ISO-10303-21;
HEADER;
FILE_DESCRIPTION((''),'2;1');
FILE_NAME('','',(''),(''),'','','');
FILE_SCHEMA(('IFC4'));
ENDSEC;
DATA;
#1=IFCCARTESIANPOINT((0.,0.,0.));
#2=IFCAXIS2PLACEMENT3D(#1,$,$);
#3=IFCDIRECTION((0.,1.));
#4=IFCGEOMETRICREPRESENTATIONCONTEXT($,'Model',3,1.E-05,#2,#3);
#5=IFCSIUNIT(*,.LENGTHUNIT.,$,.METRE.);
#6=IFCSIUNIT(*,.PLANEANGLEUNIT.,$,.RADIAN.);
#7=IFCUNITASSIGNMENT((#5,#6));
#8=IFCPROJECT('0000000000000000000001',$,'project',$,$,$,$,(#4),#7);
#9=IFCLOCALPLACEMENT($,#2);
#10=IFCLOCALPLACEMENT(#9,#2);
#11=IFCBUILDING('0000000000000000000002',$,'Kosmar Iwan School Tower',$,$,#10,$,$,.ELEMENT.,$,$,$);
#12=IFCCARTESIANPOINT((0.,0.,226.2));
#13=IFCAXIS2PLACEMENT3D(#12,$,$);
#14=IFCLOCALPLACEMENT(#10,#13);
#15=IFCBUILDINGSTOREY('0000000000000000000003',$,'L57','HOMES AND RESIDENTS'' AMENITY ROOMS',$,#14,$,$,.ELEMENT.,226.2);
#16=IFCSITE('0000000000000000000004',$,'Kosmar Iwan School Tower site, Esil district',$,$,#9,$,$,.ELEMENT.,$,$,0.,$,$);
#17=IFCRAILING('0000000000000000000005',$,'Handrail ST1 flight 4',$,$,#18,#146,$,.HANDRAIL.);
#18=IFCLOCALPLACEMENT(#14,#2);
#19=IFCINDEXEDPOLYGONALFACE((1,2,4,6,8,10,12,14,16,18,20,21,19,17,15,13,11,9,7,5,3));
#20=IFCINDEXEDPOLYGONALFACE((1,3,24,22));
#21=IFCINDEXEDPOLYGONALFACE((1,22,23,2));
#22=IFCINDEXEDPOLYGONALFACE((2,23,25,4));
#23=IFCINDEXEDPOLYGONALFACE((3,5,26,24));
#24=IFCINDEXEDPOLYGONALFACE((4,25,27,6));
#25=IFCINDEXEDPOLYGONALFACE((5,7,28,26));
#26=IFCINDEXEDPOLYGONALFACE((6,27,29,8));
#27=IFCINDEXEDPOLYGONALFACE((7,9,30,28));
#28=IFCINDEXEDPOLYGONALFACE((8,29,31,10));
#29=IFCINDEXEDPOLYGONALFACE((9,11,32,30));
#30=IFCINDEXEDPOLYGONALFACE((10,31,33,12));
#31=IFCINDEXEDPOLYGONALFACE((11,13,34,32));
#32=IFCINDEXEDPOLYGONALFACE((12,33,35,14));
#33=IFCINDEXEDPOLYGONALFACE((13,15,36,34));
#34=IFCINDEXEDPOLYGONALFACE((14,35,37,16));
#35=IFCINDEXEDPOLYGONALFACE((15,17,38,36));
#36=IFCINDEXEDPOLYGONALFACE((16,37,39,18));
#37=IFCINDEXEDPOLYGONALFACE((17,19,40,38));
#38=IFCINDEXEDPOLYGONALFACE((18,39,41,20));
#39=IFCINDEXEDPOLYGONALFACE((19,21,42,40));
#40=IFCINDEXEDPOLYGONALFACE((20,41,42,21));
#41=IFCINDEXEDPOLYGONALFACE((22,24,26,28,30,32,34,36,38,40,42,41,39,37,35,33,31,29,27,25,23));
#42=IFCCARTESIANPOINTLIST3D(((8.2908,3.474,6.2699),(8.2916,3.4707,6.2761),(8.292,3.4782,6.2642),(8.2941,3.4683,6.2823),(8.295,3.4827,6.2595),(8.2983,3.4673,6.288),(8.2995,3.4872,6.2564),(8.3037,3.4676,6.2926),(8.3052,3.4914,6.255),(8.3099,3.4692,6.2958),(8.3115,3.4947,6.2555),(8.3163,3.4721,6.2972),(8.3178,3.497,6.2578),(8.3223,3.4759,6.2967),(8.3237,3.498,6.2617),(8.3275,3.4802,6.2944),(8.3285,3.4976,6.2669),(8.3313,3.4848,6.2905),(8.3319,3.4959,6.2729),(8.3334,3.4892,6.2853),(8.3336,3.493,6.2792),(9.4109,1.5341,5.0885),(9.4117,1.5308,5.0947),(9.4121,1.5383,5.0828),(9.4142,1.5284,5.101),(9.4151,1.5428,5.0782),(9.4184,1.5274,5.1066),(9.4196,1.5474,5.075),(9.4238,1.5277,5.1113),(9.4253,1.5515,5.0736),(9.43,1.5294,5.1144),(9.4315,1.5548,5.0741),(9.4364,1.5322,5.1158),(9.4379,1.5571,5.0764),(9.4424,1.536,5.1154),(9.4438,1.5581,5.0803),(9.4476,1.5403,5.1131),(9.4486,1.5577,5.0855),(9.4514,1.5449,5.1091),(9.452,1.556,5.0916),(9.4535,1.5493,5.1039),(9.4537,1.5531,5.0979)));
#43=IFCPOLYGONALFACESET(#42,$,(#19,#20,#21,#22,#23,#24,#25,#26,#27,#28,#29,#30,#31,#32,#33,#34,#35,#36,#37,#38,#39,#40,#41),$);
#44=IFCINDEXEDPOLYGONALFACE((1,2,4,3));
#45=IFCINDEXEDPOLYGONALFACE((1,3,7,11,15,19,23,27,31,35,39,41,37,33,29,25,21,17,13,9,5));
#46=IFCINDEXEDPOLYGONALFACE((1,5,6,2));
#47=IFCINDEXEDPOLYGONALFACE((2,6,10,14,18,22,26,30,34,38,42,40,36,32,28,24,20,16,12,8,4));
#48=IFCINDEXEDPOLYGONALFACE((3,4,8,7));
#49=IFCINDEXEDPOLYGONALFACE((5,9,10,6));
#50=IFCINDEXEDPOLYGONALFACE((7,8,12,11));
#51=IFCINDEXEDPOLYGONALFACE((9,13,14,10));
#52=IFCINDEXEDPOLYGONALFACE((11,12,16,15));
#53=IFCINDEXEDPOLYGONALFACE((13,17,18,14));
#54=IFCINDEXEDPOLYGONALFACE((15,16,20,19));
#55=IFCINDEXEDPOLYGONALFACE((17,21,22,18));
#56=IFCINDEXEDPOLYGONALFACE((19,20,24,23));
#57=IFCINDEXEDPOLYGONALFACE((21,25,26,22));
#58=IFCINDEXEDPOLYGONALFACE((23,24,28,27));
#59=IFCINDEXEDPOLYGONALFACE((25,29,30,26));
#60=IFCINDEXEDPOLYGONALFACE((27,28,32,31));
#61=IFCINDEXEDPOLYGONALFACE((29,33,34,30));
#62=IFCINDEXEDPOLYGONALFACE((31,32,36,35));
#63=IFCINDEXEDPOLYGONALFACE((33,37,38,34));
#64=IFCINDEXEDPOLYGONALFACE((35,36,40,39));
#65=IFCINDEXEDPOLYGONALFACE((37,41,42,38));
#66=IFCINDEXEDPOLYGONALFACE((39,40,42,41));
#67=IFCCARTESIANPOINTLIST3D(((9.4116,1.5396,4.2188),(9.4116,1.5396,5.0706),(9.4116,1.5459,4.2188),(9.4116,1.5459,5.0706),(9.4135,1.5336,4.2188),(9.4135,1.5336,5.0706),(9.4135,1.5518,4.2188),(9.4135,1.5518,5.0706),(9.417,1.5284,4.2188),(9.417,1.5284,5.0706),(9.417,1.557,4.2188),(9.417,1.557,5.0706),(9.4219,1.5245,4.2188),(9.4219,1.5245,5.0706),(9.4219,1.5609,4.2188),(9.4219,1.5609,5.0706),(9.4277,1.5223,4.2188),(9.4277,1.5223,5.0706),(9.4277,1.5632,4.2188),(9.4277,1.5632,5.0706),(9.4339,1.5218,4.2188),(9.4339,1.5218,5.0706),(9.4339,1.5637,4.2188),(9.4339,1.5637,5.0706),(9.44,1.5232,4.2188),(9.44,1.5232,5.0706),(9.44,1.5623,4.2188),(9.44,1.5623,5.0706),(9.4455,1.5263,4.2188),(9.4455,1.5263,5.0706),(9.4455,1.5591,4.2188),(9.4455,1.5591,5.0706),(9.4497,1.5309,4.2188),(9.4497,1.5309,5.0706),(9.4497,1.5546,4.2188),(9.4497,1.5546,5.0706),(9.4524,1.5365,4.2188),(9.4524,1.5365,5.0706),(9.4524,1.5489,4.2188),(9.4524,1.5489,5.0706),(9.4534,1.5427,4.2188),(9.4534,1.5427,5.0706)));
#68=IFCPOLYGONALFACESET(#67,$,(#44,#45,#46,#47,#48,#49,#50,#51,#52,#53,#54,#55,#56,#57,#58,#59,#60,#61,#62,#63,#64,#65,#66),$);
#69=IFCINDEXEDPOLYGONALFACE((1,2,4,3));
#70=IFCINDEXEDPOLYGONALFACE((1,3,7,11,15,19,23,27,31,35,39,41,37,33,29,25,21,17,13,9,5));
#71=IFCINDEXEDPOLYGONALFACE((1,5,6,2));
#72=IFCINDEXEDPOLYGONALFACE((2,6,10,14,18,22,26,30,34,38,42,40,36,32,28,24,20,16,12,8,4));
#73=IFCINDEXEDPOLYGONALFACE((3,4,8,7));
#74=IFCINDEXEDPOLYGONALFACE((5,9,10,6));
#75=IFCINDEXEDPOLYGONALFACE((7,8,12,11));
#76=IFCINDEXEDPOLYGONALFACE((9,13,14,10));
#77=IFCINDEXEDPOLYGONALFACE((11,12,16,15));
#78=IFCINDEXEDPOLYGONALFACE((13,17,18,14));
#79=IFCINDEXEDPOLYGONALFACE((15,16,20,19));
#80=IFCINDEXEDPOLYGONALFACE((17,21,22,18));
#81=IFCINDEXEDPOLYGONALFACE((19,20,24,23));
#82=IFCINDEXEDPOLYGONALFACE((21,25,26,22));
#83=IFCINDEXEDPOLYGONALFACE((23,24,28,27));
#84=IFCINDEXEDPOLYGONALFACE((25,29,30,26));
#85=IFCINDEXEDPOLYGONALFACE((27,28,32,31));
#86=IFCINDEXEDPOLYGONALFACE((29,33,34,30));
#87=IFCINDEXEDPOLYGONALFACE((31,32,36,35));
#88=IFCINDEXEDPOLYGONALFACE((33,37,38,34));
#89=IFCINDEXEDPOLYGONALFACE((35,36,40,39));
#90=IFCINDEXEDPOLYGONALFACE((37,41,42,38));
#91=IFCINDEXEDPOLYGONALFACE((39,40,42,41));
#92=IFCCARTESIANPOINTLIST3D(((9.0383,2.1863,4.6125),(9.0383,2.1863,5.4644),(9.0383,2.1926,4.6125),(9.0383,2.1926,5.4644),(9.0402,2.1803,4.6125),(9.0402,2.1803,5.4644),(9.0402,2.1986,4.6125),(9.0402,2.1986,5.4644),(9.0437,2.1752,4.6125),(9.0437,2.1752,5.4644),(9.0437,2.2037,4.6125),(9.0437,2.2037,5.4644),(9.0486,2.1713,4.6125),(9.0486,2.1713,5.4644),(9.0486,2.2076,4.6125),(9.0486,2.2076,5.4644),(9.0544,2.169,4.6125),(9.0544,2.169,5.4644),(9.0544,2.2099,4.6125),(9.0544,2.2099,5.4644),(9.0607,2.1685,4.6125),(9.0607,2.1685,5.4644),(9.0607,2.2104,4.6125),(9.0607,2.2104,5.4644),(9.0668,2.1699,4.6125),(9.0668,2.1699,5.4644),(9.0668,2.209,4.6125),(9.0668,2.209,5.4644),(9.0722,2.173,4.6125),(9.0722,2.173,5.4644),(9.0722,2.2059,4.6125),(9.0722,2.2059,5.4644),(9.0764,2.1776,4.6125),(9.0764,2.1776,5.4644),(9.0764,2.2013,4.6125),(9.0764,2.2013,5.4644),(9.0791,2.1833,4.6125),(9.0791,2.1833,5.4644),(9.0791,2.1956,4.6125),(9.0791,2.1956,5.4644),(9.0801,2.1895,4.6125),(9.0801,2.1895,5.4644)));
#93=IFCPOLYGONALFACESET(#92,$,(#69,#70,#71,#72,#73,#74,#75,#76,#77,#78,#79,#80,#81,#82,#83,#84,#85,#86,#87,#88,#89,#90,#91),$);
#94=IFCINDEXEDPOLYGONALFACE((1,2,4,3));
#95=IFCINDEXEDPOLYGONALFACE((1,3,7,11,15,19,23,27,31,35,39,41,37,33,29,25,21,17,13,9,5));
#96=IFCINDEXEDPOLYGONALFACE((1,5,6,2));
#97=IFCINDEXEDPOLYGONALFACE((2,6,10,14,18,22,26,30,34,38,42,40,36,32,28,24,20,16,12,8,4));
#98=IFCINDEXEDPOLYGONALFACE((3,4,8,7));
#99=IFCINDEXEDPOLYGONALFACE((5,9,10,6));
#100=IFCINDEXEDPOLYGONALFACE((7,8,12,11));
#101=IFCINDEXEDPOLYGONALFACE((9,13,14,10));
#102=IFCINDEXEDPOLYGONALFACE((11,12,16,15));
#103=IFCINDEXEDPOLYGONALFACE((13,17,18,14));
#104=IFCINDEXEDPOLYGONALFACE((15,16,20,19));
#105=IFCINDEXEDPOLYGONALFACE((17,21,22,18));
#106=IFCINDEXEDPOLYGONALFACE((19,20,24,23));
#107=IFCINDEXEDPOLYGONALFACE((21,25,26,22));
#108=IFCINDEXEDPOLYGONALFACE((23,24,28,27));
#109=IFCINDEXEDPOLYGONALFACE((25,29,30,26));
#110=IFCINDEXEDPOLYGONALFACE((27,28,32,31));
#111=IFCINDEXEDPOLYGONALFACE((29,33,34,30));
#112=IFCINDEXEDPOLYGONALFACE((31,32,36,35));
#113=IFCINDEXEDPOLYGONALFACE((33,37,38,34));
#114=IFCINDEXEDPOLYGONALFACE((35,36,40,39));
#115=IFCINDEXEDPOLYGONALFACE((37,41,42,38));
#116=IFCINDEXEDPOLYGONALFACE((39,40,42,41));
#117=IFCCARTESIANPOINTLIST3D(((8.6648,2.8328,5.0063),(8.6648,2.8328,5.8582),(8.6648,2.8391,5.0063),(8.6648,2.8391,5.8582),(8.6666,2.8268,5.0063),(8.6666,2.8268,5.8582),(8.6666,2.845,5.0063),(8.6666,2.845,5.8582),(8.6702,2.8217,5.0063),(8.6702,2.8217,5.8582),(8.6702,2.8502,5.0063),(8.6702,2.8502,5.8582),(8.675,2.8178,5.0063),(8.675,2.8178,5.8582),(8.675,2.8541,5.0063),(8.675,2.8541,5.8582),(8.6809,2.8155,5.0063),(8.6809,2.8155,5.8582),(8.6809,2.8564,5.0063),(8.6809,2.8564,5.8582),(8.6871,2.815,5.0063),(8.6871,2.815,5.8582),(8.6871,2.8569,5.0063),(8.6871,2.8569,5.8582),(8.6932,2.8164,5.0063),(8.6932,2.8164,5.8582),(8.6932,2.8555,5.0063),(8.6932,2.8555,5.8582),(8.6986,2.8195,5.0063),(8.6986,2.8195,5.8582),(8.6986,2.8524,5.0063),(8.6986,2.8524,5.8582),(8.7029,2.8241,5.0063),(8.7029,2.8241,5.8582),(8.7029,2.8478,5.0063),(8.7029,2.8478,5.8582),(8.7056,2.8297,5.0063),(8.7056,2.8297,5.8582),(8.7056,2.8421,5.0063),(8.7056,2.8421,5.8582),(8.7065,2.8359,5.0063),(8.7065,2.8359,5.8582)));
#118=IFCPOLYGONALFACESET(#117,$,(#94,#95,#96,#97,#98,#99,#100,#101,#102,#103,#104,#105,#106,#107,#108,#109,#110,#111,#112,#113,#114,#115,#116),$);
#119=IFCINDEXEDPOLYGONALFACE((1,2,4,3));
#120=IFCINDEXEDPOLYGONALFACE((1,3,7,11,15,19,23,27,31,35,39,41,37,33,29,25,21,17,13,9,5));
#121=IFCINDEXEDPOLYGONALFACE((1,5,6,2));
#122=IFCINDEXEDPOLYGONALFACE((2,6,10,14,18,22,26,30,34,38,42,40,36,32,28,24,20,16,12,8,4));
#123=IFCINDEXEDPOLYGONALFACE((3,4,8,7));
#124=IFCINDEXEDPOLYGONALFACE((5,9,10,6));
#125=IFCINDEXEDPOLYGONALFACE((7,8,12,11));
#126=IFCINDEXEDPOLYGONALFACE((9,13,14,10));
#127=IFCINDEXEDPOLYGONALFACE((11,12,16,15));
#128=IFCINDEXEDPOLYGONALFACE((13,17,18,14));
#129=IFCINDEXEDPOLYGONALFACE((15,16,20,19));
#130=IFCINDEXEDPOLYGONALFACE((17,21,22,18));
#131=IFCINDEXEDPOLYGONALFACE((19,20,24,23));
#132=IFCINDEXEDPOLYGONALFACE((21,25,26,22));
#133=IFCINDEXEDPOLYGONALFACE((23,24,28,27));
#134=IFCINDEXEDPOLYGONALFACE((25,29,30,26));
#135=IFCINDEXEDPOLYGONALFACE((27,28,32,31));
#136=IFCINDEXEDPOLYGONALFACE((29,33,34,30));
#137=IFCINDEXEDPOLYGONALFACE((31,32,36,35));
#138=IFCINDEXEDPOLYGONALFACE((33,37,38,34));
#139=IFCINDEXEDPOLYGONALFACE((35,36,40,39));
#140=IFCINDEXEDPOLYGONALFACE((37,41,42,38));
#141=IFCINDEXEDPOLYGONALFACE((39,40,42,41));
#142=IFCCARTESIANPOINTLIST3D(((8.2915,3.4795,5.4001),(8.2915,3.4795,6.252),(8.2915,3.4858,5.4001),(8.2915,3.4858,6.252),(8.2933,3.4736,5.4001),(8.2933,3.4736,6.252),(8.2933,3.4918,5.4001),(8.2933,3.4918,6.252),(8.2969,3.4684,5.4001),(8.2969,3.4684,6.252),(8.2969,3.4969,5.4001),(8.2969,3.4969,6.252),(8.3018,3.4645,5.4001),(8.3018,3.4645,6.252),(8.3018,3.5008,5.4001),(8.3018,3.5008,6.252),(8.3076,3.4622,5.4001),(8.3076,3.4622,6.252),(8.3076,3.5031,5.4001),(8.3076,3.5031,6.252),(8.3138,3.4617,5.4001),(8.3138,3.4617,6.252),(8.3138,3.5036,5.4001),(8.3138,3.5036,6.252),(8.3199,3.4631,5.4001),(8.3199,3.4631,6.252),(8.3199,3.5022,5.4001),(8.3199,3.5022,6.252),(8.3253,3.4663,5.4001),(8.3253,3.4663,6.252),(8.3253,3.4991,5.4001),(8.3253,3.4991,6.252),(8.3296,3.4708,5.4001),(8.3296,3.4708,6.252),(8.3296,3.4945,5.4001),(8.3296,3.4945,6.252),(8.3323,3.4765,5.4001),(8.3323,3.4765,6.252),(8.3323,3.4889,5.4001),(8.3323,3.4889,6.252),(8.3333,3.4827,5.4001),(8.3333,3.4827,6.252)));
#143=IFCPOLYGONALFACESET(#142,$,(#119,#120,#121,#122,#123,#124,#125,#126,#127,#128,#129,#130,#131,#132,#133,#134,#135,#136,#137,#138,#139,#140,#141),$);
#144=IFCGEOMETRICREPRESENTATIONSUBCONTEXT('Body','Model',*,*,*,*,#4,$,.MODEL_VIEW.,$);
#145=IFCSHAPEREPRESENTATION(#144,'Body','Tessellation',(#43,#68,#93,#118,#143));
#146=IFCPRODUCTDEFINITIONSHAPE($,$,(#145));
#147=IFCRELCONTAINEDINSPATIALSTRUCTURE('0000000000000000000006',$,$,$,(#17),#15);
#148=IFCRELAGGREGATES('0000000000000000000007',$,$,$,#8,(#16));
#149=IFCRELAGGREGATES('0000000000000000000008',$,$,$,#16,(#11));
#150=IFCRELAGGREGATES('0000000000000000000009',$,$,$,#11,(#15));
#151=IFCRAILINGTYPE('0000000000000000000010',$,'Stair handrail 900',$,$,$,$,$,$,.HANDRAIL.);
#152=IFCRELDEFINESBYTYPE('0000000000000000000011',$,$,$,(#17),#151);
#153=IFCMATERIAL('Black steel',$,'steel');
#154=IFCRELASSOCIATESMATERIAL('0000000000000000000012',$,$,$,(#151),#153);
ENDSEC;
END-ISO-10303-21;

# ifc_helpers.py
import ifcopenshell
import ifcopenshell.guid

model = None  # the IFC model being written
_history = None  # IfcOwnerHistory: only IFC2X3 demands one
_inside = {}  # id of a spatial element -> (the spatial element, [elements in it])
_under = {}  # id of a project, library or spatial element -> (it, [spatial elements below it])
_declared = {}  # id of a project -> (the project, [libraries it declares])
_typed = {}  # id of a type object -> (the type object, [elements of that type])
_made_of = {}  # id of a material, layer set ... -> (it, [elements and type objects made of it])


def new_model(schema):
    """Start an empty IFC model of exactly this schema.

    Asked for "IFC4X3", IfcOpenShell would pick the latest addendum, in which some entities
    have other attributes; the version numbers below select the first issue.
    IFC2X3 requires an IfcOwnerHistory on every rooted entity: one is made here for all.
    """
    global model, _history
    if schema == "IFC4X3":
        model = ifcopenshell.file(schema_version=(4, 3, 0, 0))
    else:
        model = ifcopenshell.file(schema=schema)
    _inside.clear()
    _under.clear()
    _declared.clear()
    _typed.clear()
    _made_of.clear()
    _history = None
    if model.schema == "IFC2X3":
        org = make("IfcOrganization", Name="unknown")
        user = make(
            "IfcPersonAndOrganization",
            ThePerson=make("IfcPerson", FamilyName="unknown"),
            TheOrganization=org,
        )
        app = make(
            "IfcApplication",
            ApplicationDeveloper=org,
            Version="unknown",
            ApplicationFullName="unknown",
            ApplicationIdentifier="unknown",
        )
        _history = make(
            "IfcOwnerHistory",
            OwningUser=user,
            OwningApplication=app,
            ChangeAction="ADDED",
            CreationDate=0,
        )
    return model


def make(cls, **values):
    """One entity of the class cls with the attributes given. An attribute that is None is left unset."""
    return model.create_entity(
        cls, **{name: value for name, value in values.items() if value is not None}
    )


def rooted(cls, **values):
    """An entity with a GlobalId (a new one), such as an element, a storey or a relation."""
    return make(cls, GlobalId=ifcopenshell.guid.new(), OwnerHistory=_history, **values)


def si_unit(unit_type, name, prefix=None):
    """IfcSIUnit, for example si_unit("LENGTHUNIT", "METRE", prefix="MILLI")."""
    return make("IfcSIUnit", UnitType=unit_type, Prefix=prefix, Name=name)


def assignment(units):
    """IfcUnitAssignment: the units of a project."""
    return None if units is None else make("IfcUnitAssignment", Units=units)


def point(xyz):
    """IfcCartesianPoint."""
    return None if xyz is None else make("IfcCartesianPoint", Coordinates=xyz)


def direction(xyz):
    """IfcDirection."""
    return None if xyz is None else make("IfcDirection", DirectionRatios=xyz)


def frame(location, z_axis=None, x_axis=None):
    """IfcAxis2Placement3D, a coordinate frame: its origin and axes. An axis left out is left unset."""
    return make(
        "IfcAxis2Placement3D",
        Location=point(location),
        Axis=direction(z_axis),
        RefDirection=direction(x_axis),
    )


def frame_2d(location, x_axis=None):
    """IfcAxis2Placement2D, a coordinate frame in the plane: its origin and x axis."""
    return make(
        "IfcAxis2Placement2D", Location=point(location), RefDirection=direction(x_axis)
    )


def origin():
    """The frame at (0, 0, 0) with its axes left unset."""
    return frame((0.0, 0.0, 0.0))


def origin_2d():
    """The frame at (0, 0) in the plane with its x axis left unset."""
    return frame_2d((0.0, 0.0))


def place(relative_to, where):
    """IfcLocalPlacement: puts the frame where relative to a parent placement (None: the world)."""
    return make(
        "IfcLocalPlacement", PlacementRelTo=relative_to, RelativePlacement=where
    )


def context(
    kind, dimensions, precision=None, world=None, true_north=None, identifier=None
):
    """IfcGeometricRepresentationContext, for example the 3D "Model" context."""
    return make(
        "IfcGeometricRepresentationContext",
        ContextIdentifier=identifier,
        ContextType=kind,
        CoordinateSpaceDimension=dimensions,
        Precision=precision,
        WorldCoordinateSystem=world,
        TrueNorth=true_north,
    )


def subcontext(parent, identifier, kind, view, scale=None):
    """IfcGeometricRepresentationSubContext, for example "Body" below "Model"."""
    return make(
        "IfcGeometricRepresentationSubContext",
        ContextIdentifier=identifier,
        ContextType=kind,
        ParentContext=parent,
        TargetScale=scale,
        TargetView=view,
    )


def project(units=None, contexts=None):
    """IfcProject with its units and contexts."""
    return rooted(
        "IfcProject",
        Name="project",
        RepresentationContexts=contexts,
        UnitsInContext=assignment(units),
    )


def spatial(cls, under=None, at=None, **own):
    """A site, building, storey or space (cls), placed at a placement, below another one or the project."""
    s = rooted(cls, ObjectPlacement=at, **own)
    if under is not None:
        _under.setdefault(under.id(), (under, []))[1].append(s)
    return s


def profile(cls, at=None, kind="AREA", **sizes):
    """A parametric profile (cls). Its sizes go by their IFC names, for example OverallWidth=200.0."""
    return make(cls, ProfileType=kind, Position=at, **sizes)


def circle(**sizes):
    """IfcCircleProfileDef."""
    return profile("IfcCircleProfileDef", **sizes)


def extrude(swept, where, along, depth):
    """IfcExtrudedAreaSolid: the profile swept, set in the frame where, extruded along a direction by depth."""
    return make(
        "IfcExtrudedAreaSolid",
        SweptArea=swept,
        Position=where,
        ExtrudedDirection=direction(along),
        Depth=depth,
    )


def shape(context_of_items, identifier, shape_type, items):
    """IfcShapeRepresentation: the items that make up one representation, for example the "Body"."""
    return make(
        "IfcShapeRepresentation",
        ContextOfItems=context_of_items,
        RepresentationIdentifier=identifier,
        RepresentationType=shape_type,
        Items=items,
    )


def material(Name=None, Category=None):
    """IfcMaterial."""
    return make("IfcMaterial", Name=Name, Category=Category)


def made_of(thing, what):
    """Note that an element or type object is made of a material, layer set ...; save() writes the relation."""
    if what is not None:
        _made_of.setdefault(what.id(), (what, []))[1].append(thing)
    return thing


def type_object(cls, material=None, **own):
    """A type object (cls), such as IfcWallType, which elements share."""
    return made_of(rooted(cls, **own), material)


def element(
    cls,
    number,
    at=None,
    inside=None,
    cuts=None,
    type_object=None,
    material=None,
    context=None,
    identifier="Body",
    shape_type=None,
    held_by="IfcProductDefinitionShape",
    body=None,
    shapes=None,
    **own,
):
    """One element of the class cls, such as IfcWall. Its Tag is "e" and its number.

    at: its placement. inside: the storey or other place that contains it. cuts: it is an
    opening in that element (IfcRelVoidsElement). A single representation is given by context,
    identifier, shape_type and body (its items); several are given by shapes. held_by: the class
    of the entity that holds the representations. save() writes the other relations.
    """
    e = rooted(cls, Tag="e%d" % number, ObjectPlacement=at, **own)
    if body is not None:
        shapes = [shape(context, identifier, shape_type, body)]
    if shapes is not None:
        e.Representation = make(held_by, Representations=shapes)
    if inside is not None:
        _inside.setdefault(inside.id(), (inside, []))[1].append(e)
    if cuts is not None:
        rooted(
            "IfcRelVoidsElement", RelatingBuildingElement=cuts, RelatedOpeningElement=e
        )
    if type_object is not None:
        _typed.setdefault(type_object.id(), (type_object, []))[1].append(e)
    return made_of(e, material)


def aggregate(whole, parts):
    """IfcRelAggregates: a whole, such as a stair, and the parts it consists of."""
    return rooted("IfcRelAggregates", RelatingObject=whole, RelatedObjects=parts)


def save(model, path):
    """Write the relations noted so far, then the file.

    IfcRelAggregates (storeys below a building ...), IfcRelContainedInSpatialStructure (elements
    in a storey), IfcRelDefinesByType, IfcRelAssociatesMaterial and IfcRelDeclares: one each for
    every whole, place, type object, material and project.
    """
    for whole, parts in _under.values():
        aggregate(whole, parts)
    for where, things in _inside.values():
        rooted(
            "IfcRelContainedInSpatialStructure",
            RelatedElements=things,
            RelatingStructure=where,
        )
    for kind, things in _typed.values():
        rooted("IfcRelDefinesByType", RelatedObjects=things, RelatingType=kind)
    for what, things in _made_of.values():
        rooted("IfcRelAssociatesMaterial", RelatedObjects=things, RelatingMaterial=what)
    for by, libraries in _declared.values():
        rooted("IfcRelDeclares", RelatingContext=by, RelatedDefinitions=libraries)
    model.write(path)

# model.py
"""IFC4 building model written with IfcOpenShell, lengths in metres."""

from ifc_helpers import new_model, si_unit, direction, frame, origin, origin_2d, place, context, subcontext, project, spatial, circle, extrude, material, type_object, element, save


model = new_model("IFC4")

# Units and contexts
model_context = context("Model", 3, precision=1e-05, world=origin(), true_north=direction((0.0, 1.0)))
body_context = subcontext(model_context, "Body", "Model", "MODEL_VIEW")
ifc_project = project(units=[si_unit("LENGTHUNIT", "METRE"), si_unit("PLANEANGLEUNIT", "RADIAN")], contexts=[model_context])

# Site, building, storey
site_placement = place(None, origin())
site = spatial("IfcSite", under=ifc_project, at=site_placement, Name="Kosmar Iwan School Tower site, Esil district", CompositionType="ELEMENT", RefElevation=0.0)
building_placement = place(site_placement, origin())
building = spatial("IfcBuilding", under=site, at=building_placement, Name="Kosmar Iwan School Tower", CompositionType="ELEMENT")
storey_placement = place(building_placement, frame((0.0, 0.0, 226.2)))
storey = spatial("IfcBuildingStorey", under=building, at=storey_placement, Name="L57", Description="HOMES AND RESIDENTS' AMENITY ROOMS", CompositionType="ELEMENT", Elevation=226.2)

# Railing
ifc_material_1 = material(Name="Black steel", Category="steel")
railing_type = type_object("IfcRailingType", Name="Stair handrail 900", PredefinedType="HANDRAIL", material=ifc_material_1)
railing_1_placement = place(storey_placement, frame((9.4324, 1.5427, 4.2188)))
element("IfcRailing", 1, at=railing_1_placement, inside=storey, type_object=railing_type, Name="Handrail ST1 flight 4", PredefinedType="HANDRAIL", context=body_context, shape_type="SweptSolid", body=[
    extrude(circle(Radius=0.0239, at=origin_2d()), frame((0.0, 0.0, 0.876), z_axis=(-0.442291, 0.766008, 0.466488), x_axis=(-0.866008, -0.500031, 0.0)), (0.0, 0.0, 1.0), 2.5325),
    extrude(circle(Radius=0.021, at=origin_2d()), origin(), (0.0, 0.0, 1.0), 0.8518),
    extrude(circle(Radius=0.021, at=origin_2d()), frame((-0.3733, 0.6467, 0.3938)), (0.0, 0.0, 1.0), 0.8518),
    extrude(circle(Radius=0.021, at=origin_2d()), frame((-0.7468, 1.2932, 0.7876)), (0.0, 0.0, 1.0), 0.8518),
    extrude(circle(Radius=0.021, at=origin_2d()), frame((-1.1201, 1.9399, 1.1814)), (0.0, 0.0, 1.0), 0.8518),
])

save(model, "model.ifc")
